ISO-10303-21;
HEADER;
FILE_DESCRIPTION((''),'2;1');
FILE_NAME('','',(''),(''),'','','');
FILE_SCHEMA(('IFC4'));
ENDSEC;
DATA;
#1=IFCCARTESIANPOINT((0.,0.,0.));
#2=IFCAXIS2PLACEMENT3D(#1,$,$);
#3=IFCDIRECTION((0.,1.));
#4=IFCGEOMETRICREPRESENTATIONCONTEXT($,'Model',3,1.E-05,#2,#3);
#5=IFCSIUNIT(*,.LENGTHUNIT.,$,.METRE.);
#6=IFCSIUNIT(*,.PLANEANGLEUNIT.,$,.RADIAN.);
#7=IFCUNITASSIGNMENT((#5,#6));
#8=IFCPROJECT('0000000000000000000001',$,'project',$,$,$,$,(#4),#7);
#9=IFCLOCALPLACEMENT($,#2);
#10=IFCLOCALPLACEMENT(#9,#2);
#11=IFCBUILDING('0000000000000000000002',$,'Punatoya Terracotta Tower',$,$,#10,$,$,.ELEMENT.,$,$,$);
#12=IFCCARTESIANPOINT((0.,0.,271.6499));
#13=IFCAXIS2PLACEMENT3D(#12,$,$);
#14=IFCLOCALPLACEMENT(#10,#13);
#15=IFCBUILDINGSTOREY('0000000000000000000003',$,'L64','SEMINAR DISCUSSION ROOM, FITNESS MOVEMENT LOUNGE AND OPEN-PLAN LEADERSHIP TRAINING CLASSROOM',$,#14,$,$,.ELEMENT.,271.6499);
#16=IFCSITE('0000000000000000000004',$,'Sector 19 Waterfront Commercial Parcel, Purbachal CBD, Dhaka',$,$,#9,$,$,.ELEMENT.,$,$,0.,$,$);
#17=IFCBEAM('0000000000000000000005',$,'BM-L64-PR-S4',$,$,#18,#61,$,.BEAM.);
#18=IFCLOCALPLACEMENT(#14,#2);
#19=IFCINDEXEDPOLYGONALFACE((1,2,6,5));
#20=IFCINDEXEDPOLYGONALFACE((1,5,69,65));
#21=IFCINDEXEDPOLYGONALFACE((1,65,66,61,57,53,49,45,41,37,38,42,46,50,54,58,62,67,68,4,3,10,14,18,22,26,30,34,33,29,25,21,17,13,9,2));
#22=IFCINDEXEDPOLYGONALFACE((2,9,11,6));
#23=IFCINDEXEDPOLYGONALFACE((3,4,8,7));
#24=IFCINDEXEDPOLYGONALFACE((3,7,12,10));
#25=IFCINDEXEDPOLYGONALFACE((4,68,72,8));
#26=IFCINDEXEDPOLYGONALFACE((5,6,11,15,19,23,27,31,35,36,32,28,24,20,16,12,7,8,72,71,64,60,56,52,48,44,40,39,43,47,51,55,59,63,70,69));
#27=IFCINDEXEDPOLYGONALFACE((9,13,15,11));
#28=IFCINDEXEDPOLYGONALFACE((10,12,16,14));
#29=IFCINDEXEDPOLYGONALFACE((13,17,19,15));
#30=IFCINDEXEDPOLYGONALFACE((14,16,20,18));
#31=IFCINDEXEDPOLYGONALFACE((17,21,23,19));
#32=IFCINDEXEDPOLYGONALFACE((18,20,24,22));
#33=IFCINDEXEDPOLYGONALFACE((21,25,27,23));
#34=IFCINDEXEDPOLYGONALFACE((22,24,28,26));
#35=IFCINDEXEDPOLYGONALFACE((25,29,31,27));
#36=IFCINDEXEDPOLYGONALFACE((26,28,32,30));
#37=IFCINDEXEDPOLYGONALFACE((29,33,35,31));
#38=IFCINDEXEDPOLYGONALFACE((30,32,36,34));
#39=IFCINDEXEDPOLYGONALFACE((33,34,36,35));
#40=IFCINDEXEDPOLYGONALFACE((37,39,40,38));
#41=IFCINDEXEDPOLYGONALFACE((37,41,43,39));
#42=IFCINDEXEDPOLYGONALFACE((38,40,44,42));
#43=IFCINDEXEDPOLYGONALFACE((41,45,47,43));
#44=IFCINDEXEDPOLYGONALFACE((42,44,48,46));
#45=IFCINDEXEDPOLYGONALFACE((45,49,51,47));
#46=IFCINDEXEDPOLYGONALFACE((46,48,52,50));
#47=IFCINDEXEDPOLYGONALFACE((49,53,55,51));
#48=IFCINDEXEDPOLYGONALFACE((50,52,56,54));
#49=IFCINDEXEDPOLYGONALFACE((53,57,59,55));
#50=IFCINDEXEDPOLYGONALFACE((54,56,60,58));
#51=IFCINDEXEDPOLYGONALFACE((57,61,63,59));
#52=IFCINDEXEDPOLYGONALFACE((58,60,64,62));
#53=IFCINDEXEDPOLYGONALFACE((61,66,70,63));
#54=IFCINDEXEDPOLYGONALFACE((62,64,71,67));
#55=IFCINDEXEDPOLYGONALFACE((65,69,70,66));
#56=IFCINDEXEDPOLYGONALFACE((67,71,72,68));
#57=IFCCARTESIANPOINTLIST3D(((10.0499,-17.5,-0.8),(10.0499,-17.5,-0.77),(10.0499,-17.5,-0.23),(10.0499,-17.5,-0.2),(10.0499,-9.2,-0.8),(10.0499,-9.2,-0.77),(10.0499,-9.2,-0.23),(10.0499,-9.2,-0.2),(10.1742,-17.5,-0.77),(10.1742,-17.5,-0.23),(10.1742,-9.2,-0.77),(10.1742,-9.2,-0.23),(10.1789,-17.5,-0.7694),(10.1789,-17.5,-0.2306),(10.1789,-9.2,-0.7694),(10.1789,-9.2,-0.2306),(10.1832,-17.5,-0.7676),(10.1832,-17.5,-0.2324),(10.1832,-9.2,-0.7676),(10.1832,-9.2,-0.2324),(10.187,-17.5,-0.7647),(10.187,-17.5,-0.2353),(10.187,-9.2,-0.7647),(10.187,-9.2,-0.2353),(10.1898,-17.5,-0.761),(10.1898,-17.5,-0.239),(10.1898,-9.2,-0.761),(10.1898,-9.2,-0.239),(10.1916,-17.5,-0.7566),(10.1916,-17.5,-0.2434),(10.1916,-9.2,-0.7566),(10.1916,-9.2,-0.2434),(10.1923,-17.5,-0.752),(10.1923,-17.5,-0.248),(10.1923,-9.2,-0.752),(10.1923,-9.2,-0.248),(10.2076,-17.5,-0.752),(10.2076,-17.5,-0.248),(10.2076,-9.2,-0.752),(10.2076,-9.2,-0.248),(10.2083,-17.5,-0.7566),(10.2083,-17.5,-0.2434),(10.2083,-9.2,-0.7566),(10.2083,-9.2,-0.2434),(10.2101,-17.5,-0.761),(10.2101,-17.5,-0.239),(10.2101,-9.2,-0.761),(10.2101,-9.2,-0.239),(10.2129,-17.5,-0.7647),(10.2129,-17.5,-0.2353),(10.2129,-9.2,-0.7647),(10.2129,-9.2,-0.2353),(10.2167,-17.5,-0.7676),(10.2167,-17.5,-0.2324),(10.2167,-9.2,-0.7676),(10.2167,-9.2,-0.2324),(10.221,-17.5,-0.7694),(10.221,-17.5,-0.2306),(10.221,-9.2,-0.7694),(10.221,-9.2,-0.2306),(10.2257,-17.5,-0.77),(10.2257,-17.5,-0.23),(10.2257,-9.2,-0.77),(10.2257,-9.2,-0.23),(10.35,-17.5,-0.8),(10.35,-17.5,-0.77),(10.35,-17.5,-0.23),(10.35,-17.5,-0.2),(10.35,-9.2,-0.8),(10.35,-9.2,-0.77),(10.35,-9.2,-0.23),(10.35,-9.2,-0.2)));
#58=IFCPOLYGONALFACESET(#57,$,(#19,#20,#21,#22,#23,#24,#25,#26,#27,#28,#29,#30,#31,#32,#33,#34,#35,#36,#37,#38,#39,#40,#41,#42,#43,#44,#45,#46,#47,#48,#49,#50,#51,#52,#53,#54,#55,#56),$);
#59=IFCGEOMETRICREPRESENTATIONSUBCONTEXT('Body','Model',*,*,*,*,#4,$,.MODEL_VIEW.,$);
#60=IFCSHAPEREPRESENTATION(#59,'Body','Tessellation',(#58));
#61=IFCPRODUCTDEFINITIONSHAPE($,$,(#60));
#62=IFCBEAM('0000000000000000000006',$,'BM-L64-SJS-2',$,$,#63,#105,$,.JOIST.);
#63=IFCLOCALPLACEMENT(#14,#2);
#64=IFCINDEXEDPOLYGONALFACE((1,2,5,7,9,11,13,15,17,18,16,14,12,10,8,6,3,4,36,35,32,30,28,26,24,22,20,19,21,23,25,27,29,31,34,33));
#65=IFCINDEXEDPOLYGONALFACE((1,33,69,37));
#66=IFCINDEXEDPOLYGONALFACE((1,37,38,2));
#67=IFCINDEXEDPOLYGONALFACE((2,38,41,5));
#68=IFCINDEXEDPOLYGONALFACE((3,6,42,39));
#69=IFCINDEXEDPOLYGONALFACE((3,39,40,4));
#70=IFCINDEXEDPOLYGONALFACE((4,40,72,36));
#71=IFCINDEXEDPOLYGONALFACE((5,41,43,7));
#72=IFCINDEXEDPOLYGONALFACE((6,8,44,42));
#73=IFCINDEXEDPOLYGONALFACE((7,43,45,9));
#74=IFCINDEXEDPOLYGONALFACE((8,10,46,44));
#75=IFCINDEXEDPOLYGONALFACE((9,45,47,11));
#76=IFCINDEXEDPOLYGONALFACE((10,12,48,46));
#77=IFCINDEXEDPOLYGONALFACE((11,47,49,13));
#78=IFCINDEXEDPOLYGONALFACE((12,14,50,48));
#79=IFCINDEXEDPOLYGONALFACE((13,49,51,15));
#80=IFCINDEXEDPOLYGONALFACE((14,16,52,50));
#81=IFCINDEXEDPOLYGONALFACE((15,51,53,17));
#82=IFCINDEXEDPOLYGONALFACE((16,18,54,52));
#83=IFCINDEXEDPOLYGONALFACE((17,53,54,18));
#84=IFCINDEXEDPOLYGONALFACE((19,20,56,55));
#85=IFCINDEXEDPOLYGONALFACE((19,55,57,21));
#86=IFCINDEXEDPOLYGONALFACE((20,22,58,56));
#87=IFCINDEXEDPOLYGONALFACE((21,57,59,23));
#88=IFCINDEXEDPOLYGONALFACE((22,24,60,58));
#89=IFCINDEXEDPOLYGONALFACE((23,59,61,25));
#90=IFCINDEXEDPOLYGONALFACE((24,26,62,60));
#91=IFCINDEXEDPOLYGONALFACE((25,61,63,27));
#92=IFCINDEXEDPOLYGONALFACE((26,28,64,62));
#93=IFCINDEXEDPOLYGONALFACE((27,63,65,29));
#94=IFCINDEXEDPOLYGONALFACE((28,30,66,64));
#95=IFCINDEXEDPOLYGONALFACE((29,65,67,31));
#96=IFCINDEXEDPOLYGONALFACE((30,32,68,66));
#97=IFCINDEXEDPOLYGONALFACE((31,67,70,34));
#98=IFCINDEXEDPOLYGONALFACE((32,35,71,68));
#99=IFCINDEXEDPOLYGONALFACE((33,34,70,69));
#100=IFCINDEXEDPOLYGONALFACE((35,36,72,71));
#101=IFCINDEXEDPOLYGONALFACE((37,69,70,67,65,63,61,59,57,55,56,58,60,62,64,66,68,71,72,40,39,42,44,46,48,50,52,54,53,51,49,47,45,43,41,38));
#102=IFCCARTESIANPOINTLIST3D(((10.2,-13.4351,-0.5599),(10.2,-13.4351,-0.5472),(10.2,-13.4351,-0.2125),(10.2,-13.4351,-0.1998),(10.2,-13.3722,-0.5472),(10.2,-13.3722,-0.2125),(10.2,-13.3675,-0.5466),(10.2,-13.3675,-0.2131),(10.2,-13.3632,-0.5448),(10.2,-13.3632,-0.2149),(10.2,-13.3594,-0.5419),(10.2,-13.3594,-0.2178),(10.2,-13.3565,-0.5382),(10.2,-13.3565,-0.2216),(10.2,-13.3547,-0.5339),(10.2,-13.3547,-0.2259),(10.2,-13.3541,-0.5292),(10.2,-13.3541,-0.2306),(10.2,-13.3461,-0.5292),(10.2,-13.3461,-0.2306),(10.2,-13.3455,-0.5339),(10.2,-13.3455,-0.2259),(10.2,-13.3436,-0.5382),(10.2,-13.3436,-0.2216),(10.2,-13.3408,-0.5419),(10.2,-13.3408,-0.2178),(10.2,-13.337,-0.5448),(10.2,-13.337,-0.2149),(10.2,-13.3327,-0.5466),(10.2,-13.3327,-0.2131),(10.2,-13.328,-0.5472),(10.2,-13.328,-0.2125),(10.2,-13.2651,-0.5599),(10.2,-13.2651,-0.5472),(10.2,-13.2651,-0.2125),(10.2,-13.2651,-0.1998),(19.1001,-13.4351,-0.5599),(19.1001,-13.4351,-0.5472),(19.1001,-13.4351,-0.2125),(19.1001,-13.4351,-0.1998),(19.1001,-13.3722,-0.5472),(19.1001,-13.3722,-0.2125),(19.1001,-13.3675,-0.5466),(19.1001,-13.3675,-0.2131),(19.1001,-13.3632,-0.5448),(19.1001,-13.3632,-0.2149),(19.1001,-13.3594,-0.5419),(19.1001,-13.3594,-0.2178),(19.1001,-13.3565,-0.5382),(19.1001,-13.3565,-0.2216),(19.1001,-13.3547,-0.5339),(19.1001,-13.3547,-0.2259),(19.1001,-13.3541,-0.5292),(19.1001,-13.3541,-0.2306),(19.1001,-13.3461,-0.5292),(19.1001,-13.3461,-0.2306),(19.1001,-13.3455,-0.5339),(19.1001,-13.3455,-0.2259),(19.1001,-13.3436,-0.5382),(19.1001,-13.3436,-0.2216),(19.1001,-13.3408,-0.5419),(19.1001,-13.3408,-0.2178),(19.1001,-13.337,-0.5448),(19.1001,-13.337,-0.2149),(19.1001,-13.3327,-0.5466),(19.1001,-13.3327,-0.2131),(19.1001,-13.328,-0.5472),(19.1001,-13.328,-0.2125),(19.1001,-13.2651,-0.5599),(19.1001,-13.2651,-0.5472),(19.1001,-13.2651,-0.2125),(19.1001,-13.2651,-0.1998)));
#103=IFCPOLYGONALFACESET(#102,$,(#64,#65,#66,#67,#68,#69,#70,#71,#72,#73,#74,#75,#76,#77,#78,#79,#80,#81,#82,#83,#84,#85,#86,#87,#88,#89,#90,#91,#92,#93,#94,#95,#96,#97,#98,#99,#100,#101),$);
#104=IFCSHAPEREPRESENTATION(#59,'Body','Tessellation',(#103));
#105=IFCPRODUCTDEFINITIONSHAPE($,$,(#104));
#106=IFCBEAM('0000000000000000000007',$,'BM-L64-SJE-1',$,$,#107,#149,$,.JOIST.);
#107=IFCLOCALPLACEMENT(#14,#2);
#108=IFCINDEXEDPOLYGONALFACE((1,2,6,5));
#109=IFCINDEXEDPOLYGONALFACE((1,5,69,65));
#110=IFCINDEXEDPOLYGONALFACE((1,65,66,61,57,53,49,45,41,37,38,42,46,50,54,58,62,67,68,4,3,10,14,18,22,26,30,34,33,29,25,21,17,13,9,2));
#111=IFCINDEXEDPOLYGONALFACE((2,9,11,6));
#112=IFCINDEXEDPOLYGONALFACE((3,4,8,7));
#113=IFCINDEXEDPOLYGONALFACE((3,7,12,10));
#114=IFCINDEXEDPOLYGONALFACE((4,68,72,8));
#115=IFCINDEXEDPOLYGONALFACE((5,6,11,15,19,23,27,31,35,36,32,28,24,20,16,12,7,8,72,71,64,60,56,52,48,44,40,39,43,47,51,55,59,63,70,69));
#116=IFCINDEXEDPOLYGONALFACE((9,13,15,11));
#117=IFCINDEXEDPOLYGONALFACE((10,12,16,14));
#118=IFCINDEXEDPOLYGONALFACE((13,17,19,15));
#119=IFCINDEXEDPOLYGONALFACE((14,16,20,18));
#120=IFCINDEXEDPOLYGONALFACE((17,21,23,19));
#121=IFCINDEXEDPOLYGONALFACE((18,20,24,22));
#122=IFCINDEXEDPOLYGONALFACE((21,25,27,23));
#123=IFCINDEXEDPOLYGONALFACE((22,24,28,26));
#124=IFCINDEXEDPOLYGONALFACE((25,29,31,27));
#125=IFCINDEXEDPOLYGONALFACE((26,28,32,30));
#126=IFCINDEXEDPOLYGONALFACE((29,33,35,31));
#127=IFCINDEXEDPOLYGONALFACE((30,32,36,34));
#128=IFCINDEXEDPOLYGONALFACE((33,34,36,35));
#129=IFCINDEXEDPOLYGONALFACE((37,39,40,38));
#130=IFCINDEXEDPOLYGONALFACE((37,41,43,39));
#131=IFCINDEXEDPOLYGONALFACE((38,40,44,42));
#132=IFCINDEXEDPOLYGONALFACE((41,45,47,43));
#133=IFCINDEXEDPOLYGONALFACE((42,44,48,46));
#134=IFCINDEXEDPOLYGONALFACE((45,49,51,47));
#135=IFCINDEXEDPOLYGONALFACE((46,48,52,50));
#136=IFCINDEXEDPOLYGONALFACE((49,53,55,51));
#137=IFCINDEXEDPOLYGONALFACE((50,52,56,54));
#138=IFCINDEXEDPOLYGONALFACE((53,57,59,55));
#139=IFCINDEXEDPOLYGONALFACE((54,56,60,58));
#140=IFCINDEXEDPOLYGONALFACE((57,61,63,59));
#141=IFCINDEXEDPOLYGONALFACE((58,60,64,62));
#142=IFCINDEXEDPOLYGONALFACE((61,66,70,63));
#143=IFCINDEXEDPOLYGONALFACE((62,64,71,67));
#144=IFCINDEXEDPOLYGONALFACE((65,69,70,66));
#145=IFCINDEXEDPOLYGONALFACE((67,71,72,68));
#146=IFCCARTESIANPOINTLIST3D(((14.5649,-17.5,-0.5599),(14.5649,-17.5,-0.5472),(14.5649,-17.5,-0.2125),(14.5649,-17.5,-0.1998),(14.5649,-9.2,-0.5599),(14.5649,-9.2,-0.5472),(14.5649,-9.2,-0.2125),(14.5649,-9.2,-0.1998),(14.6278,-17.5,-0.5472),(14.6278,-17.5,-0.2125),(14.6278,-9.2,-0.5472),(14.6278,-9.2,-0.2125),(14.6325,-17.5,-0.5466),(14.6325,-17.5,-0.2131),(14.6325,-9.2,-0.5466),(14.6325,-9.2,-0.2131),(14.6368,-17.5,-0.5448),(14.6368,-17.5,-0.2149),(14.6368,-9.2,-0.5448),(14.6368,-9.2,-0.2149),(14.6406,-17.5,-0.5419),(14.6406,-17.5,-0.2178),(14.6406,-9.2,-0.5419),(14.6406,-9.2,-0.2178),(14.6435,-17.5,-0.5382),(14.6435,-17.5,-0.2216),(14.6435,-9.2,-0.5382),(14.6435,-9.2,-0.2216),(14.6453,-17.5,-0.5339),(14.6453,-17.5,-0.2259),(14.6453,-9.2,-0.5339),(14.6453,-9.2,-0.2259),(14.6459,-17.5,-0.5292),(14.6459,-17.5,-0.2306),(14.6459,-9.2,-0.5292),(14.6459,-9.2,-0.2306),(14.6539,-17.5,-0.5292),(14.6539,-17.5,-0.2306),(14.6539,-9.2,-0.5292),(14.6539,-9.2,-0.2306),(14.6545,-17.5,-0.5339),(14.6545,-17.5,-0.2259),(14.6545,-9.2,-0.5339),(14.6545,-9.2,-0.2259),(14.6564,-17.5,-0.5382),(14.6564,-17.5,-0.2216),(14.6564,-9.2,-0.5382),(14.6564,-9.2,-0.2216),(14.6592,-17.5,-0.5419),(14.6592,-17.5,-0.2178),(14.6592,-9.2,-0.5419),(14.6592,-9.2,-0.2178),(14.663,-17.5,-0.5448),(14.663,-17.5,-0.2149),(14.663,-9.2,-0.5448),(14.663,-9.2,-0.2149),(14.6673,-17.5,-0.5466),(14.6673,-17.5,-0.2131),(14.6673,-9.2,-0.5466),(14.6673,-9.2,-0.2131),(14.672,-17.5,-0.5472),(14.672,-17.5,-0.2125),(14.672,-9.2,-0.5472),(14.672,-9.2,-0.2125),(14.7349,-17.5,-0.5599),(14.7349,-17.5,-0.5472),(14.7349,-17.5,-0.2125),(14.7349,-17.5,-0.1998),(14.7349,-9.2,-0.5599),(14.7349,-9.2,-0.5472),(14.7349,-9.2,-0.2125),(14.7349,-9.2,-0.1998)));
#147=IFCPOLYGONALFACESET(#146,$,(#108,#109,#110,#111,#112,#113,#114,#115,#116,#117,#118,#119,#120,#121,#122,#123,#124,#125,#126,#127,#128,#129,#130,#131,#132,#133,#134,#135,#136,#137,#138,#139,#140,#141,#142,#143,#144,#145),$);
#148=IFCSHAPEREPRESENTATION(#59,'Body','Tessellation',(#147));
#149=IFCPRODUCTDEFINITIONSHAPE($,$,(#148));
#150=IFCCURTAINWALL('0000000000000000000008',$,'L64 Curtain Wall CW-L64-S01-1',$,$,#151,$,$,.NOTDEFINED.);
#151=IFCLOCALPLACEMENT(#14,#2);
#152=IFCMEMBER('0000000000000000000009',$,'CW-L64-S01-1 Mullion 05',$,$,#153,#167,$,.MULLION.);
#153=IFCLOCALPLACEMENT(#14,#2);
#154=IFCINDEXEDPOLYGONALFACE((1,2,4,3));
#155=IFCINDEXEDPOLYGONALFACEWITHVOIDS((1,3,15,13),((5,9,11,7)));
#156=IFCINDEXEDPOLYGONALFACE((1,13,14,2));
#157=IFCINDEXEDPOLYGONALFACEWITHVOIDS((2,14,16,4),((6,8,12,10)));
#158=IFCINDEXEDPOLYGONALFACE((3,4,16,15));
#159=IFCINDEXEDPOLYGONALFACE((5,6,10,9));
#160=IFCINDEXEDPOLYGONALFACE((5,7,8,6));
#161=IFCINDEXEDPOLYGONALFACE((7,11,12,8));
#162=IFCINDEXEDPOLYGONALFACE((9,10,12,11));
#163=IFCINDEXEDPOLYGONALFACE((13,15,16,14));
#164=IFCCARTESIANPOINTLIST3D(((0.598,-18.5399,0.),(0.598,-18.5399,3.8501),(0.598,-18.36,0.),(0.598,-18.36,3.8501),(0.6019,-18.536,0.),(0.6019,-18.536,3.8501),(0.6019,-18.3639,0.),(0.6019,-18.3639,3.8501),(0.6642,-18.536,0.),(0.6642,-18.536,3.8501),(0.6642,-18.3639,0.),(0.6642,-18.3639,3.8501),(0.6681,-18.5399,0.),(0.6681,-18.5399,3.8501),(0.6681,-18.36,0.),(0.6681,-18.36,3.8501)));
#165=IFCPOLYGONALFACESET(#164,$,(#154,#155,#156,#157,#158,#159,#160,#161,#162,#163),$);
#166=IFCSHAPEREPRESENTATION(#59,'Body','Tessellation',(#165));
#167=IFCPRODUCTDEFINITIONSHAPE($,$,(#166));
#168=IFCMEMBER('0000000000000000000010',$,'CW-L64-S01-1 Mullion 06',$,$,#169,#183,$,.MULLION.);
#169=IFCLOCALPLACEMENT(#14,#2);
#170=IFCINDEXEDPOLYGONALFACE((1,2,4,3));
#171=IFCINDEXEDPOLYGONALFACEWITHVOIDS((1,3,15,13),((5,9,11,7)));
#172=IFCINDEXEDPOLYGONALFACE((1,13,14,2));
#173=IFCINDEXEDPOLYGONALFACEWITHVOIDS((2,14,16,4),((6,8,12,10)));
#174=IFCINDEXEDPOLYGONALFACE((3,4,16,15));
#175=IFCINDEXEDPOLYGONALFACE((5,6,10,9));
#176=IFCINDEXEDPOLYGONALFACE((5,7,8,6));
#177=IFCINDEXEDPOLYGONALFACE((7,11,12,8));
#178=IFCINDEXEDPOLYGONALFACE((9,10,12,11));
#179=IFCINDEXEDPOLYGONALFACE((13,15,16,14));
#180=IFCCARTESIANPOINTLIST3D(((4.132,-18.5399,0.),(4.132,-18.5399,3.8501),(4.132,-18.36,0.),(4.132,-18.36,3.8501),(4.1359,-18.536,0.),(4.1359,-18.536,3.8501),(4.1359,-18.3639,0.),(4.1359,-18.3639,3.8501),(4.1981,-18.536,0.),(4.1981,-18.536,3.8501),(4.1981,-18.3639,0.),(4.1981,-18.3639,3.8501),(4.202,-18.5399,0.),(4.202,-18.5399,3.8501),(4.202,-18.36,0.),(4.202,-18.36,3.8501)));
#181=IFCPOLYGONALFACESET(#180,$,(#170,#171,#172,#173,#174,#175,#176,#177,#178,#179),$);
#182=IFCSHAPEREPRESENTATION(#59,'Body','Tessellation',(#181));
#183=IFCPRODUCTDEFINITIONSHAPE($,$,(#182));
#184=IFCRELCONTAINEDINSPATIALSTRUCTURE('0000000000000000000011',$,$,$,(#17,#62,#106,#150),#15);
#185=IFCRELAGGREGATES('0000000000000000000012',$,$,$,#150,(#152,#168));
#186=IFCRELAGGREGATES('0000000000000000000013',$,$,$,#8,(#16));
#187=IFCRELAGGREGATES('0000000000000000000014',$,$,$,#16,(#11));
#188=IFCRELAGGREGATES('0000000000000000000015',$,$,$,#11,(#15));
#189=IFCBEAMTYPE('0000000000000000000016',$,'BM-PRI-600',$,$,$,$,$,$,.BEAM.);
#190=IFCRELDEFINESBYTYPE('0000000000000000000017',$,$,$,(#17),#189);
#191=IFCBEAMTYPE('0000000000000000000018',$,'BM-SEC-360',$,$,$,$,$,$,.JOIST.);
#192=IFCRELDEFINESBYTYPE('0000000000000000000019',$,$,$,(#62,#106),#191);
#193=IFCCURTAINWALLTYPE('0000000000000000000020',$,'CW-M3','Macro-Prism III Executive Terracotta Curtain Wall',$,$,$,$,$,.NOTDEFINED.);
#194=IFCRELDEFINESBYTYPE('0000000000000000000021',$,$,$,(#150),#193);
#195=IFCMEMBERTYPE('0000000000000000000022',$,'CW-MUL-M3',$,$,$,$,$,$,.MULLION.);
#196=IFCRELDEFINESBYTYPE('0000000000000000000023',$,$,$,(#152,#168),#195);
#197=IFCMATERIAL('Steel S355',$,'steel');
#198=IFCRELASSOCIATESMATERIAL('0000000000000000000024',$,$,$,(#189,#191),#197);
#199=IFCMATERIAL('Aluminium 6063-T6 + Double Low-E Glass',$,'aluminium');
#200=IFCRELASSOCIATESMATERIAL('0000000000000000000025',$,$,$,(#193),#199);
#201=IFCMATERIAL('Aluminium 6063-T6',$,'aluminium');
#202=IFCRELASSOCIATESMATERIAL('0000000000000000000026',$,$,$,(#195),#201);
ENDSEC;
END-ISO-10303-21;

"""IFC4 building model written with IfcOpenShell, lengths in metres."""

from ifc_helpers import new_model, si_unit, direction, frame, origin, origin_2d, place, context, subcontext, project, spatial, hollow_rectangle, i_section, extrude, material, material_profile, profile_set, type_object, element, aggregate, save


model = new_model("IFC4")

# Units and contexts
model_context = context("Model", 3, precision=1e-05, world=origin(), true_north=direction((0.0, 1.0)))
body_context = subcontext(model_context, "Body", "Model", "MODEL_VIEW")
ifc_project = project(units=[si_unit("LENGTHUNIT", "METRE"), si_unit("PLANEANGLEUNIT", "RADIAN")], contexts=[model_context])

# Site, building, storey
site_placement = place(None, origin())
site = spatial("IfcSite", under=ifc_project, at=site_placement, Name="Sector 19 Waterfront Commercial Parcel, Purbachal CBD, Dhaka", CompositionType="ELEMENT", RefElevation=0.0)
building_placement = place(site_placement, origin())
building = spatial("IfcBuilding", under=site, at=building_placement, Name="Punatoya Terracotta Tower", CompositionType="ELEMENT")
storey_placement = place(building_placement, frame((0.0, 0.0, 271.6499)))
storey = spatial("IfcBuildingStorey", under=building, at=storey_placement, Name="L64", Description="SEMINAR DISCUSSION ROOM, FITNESS MOVEMENT LOUNGE AND OPEN-PLAN LEADERSHIP TRAINING CLASSROOM", CompositionType="ELEMENT", Elevation=271.6499)

# Beams
ifc_material_1 = material(Name="Steel S355", Category="steel")
ifc_material_profile_1 = material_profile(ifc_material_1, i_section(OverallWidth=0.3, OverallDepth=0.6001, WebThickness=0.0154, FlangeThickness=0.03, FilletRadius=0.0181, at=origin_2d()))
ifc_profile_set_1 = profile_set([ifc_material_profile_1], Name="Steel S355")
beam_type_1 = type_object("IfcBeamType", Name="BM-PRI-600", PredefinedType="BEAM", material=ifc_profile_set_1)
for number, where, z_axis, x_axis, name in (
    (1, (10.2, -17.5, -0.5), (0.0, 1.0, 0.0), (-1.0, 0.0, 0.0), "BM-L64-PR-S4"),
):
    element("IfcBeam", number, at=place(storey_placement, frame(where, z_axis=z_axis, x_axis=x_axis)), inside=storey, type_object=beam_type_1, Name=name, PredefinedType="BEAM", context=body_context, shape_type="SweptSolid", body=[
        extrude(i_section(OverallWidth=0.3, OverallDepth=0.6001, WebThickness=0.0154, FlangeThickness=0.03, FilletRadius=0.0181, at=origin_2d()), origin(), (0.0, 0.0, 1.0), 8.3),
    ])
ifc_material_profile_2 = material_profile(ifc_material_1, i_section(OverallWidth=0.1699, OverallDepth=0.3601, WebThickness=0.0081, FlangeThickness=0.0127, FilletRadius=0.0181, at=origin_2d()))
ifc_profile_set_2 = profile_set([ifc_material_profile_2], Name="Steel S355")
beam_type_2 = type_object("IfcBeamType", Name="BM-SEC-360", PredefinedType="JOIST", material=ifc_profile_set_2)
beam_1_placement = place(storey_placement, frame((10.2, -13.3501, -0.3799), z_axis=(1.0, 0.0, 0.0), x_axis=(0.0, 1.0, 0.0)))
element("IfcBeam", 2, at=beam_1_placement, inside=storey, type_object=beam_type_2, Name="BM-L64-SJS-2", PredefinedType="JOIST", context=body_context, shape_type="SweptSolid", body=[
    extrude(i_section(OverallWidth=0.1699, OverallDepth=0.3601, WebThickness=0.0081, FlangeThickness=0.0127, FilletRadius=0.0181, at=origin_2d()), origin(), (0.0, 0.0, 1.0), 8.9001),
])
beam_2_placement = place(storey_placement, frame((14.6499, -17.5, -0.3799), z_axis=(0.0, 1.0, 0.0), x_axis=(-1.0, 0.0, 0.0)))
element("IfcBeam", 3, at=beam_2_placement, inside=storey, type_object=beam_type_2, Name="BM-L64-SJE-1", PredefinedType="JOIST", context=body_context, shape_type="SweptSolid", body=[
    extrude(i_section(OverallWidth=0.1699, OverallDepth=0.3601, WebThickness=0.0081, FlangeThickness=0.0127, FilletRadius=0.0181, at=origin_2d()), origin(), (0.0, 0.0, 1.0), 8.3),
])

# Curtain wall, members
ifc_material_2 = material(Name="Aluminium 6063-T6 + Double Low-E Glass", Category="aluminium")
curtain_wall_type = type_object("IfcCurtainWallType", Name="CW-M3", Description="Macro-Prism III Executive Terracotta Curtain Wall", PredefinedType="NOTDEFINED", material=ifc_material_2)
curtain_wall_placement = place(storey_placement, origin())
curtain_wall = element("IfcCurtainWall", 4, at=curtain_wall_placement, inside=storey, type_object=curtain_wall_type, Name="L64 Curtain Wall CW-L64-S01-1", PredefinedType="NOTDEFINED")
ifc_material_3 = material(Name="Aluminium 6063-T6", Category="aluminium")
ifc_material_profile_3 = material_profile(ifc_material_3, hollow_rectangle(XDim=0.0701, YDim=0.1799, WallThickness=0.0039, at=origin_2d()))
ifc_profile_set_3 = profile_set([ifc_material_profile_3], Name="Aluminium 6063-T6")
member_type = type_object("IfcMemberType", Name="CW-MUL-M3", PredefinedType="MULLION", material=ifc_profile_set_3)
member_1_placement = place(storey_placement, frame((0.6331, -18.45, 0.0), z_axis=(0.0, 0.0, 1.0), x_axis=(1.0, 0.0, 0.0)))
member_1 = element("IfcMember", 5, at=member_1_placement, type_object=member_type, Name="CW-L64-S01-1 Mullion 05", PredefinedType="MULLION", context=body_context, shape_type="SweptSolid", body=[
    extrude(hollow_rectangle(XDim=0.0701, YDim=0.1799, WallThickness=0.0039, at=origin_2d()), origin(), (0.0, 0.0, 1.0), 3.8501),
])
member_2_placement = place(storey_placement, frame((4.167, -18.45, 0.0), z_axis=(0.0, 0.0, 1.0), x_axis=(1.0, 0.0, 0.0)))
member_2 = element("IfcMember", 6, at=member_2_placement, type_object=member_type, Name="CW-L64-S01-1 Mullion 06", PredefinedType="MULLION", context=body_context, shape_type="SweptSolid", body=[
    extrude(hollow_rectangle(XDim=0.0701, YDim=0.1799, WallThickness=0.0039, at=origin_2d()), origin(), (0.0, 0.0, 1.0), 3.8501),
])
aggregate(curtain_wall, [member_1, member_2])

save(model, "model.ifc")
